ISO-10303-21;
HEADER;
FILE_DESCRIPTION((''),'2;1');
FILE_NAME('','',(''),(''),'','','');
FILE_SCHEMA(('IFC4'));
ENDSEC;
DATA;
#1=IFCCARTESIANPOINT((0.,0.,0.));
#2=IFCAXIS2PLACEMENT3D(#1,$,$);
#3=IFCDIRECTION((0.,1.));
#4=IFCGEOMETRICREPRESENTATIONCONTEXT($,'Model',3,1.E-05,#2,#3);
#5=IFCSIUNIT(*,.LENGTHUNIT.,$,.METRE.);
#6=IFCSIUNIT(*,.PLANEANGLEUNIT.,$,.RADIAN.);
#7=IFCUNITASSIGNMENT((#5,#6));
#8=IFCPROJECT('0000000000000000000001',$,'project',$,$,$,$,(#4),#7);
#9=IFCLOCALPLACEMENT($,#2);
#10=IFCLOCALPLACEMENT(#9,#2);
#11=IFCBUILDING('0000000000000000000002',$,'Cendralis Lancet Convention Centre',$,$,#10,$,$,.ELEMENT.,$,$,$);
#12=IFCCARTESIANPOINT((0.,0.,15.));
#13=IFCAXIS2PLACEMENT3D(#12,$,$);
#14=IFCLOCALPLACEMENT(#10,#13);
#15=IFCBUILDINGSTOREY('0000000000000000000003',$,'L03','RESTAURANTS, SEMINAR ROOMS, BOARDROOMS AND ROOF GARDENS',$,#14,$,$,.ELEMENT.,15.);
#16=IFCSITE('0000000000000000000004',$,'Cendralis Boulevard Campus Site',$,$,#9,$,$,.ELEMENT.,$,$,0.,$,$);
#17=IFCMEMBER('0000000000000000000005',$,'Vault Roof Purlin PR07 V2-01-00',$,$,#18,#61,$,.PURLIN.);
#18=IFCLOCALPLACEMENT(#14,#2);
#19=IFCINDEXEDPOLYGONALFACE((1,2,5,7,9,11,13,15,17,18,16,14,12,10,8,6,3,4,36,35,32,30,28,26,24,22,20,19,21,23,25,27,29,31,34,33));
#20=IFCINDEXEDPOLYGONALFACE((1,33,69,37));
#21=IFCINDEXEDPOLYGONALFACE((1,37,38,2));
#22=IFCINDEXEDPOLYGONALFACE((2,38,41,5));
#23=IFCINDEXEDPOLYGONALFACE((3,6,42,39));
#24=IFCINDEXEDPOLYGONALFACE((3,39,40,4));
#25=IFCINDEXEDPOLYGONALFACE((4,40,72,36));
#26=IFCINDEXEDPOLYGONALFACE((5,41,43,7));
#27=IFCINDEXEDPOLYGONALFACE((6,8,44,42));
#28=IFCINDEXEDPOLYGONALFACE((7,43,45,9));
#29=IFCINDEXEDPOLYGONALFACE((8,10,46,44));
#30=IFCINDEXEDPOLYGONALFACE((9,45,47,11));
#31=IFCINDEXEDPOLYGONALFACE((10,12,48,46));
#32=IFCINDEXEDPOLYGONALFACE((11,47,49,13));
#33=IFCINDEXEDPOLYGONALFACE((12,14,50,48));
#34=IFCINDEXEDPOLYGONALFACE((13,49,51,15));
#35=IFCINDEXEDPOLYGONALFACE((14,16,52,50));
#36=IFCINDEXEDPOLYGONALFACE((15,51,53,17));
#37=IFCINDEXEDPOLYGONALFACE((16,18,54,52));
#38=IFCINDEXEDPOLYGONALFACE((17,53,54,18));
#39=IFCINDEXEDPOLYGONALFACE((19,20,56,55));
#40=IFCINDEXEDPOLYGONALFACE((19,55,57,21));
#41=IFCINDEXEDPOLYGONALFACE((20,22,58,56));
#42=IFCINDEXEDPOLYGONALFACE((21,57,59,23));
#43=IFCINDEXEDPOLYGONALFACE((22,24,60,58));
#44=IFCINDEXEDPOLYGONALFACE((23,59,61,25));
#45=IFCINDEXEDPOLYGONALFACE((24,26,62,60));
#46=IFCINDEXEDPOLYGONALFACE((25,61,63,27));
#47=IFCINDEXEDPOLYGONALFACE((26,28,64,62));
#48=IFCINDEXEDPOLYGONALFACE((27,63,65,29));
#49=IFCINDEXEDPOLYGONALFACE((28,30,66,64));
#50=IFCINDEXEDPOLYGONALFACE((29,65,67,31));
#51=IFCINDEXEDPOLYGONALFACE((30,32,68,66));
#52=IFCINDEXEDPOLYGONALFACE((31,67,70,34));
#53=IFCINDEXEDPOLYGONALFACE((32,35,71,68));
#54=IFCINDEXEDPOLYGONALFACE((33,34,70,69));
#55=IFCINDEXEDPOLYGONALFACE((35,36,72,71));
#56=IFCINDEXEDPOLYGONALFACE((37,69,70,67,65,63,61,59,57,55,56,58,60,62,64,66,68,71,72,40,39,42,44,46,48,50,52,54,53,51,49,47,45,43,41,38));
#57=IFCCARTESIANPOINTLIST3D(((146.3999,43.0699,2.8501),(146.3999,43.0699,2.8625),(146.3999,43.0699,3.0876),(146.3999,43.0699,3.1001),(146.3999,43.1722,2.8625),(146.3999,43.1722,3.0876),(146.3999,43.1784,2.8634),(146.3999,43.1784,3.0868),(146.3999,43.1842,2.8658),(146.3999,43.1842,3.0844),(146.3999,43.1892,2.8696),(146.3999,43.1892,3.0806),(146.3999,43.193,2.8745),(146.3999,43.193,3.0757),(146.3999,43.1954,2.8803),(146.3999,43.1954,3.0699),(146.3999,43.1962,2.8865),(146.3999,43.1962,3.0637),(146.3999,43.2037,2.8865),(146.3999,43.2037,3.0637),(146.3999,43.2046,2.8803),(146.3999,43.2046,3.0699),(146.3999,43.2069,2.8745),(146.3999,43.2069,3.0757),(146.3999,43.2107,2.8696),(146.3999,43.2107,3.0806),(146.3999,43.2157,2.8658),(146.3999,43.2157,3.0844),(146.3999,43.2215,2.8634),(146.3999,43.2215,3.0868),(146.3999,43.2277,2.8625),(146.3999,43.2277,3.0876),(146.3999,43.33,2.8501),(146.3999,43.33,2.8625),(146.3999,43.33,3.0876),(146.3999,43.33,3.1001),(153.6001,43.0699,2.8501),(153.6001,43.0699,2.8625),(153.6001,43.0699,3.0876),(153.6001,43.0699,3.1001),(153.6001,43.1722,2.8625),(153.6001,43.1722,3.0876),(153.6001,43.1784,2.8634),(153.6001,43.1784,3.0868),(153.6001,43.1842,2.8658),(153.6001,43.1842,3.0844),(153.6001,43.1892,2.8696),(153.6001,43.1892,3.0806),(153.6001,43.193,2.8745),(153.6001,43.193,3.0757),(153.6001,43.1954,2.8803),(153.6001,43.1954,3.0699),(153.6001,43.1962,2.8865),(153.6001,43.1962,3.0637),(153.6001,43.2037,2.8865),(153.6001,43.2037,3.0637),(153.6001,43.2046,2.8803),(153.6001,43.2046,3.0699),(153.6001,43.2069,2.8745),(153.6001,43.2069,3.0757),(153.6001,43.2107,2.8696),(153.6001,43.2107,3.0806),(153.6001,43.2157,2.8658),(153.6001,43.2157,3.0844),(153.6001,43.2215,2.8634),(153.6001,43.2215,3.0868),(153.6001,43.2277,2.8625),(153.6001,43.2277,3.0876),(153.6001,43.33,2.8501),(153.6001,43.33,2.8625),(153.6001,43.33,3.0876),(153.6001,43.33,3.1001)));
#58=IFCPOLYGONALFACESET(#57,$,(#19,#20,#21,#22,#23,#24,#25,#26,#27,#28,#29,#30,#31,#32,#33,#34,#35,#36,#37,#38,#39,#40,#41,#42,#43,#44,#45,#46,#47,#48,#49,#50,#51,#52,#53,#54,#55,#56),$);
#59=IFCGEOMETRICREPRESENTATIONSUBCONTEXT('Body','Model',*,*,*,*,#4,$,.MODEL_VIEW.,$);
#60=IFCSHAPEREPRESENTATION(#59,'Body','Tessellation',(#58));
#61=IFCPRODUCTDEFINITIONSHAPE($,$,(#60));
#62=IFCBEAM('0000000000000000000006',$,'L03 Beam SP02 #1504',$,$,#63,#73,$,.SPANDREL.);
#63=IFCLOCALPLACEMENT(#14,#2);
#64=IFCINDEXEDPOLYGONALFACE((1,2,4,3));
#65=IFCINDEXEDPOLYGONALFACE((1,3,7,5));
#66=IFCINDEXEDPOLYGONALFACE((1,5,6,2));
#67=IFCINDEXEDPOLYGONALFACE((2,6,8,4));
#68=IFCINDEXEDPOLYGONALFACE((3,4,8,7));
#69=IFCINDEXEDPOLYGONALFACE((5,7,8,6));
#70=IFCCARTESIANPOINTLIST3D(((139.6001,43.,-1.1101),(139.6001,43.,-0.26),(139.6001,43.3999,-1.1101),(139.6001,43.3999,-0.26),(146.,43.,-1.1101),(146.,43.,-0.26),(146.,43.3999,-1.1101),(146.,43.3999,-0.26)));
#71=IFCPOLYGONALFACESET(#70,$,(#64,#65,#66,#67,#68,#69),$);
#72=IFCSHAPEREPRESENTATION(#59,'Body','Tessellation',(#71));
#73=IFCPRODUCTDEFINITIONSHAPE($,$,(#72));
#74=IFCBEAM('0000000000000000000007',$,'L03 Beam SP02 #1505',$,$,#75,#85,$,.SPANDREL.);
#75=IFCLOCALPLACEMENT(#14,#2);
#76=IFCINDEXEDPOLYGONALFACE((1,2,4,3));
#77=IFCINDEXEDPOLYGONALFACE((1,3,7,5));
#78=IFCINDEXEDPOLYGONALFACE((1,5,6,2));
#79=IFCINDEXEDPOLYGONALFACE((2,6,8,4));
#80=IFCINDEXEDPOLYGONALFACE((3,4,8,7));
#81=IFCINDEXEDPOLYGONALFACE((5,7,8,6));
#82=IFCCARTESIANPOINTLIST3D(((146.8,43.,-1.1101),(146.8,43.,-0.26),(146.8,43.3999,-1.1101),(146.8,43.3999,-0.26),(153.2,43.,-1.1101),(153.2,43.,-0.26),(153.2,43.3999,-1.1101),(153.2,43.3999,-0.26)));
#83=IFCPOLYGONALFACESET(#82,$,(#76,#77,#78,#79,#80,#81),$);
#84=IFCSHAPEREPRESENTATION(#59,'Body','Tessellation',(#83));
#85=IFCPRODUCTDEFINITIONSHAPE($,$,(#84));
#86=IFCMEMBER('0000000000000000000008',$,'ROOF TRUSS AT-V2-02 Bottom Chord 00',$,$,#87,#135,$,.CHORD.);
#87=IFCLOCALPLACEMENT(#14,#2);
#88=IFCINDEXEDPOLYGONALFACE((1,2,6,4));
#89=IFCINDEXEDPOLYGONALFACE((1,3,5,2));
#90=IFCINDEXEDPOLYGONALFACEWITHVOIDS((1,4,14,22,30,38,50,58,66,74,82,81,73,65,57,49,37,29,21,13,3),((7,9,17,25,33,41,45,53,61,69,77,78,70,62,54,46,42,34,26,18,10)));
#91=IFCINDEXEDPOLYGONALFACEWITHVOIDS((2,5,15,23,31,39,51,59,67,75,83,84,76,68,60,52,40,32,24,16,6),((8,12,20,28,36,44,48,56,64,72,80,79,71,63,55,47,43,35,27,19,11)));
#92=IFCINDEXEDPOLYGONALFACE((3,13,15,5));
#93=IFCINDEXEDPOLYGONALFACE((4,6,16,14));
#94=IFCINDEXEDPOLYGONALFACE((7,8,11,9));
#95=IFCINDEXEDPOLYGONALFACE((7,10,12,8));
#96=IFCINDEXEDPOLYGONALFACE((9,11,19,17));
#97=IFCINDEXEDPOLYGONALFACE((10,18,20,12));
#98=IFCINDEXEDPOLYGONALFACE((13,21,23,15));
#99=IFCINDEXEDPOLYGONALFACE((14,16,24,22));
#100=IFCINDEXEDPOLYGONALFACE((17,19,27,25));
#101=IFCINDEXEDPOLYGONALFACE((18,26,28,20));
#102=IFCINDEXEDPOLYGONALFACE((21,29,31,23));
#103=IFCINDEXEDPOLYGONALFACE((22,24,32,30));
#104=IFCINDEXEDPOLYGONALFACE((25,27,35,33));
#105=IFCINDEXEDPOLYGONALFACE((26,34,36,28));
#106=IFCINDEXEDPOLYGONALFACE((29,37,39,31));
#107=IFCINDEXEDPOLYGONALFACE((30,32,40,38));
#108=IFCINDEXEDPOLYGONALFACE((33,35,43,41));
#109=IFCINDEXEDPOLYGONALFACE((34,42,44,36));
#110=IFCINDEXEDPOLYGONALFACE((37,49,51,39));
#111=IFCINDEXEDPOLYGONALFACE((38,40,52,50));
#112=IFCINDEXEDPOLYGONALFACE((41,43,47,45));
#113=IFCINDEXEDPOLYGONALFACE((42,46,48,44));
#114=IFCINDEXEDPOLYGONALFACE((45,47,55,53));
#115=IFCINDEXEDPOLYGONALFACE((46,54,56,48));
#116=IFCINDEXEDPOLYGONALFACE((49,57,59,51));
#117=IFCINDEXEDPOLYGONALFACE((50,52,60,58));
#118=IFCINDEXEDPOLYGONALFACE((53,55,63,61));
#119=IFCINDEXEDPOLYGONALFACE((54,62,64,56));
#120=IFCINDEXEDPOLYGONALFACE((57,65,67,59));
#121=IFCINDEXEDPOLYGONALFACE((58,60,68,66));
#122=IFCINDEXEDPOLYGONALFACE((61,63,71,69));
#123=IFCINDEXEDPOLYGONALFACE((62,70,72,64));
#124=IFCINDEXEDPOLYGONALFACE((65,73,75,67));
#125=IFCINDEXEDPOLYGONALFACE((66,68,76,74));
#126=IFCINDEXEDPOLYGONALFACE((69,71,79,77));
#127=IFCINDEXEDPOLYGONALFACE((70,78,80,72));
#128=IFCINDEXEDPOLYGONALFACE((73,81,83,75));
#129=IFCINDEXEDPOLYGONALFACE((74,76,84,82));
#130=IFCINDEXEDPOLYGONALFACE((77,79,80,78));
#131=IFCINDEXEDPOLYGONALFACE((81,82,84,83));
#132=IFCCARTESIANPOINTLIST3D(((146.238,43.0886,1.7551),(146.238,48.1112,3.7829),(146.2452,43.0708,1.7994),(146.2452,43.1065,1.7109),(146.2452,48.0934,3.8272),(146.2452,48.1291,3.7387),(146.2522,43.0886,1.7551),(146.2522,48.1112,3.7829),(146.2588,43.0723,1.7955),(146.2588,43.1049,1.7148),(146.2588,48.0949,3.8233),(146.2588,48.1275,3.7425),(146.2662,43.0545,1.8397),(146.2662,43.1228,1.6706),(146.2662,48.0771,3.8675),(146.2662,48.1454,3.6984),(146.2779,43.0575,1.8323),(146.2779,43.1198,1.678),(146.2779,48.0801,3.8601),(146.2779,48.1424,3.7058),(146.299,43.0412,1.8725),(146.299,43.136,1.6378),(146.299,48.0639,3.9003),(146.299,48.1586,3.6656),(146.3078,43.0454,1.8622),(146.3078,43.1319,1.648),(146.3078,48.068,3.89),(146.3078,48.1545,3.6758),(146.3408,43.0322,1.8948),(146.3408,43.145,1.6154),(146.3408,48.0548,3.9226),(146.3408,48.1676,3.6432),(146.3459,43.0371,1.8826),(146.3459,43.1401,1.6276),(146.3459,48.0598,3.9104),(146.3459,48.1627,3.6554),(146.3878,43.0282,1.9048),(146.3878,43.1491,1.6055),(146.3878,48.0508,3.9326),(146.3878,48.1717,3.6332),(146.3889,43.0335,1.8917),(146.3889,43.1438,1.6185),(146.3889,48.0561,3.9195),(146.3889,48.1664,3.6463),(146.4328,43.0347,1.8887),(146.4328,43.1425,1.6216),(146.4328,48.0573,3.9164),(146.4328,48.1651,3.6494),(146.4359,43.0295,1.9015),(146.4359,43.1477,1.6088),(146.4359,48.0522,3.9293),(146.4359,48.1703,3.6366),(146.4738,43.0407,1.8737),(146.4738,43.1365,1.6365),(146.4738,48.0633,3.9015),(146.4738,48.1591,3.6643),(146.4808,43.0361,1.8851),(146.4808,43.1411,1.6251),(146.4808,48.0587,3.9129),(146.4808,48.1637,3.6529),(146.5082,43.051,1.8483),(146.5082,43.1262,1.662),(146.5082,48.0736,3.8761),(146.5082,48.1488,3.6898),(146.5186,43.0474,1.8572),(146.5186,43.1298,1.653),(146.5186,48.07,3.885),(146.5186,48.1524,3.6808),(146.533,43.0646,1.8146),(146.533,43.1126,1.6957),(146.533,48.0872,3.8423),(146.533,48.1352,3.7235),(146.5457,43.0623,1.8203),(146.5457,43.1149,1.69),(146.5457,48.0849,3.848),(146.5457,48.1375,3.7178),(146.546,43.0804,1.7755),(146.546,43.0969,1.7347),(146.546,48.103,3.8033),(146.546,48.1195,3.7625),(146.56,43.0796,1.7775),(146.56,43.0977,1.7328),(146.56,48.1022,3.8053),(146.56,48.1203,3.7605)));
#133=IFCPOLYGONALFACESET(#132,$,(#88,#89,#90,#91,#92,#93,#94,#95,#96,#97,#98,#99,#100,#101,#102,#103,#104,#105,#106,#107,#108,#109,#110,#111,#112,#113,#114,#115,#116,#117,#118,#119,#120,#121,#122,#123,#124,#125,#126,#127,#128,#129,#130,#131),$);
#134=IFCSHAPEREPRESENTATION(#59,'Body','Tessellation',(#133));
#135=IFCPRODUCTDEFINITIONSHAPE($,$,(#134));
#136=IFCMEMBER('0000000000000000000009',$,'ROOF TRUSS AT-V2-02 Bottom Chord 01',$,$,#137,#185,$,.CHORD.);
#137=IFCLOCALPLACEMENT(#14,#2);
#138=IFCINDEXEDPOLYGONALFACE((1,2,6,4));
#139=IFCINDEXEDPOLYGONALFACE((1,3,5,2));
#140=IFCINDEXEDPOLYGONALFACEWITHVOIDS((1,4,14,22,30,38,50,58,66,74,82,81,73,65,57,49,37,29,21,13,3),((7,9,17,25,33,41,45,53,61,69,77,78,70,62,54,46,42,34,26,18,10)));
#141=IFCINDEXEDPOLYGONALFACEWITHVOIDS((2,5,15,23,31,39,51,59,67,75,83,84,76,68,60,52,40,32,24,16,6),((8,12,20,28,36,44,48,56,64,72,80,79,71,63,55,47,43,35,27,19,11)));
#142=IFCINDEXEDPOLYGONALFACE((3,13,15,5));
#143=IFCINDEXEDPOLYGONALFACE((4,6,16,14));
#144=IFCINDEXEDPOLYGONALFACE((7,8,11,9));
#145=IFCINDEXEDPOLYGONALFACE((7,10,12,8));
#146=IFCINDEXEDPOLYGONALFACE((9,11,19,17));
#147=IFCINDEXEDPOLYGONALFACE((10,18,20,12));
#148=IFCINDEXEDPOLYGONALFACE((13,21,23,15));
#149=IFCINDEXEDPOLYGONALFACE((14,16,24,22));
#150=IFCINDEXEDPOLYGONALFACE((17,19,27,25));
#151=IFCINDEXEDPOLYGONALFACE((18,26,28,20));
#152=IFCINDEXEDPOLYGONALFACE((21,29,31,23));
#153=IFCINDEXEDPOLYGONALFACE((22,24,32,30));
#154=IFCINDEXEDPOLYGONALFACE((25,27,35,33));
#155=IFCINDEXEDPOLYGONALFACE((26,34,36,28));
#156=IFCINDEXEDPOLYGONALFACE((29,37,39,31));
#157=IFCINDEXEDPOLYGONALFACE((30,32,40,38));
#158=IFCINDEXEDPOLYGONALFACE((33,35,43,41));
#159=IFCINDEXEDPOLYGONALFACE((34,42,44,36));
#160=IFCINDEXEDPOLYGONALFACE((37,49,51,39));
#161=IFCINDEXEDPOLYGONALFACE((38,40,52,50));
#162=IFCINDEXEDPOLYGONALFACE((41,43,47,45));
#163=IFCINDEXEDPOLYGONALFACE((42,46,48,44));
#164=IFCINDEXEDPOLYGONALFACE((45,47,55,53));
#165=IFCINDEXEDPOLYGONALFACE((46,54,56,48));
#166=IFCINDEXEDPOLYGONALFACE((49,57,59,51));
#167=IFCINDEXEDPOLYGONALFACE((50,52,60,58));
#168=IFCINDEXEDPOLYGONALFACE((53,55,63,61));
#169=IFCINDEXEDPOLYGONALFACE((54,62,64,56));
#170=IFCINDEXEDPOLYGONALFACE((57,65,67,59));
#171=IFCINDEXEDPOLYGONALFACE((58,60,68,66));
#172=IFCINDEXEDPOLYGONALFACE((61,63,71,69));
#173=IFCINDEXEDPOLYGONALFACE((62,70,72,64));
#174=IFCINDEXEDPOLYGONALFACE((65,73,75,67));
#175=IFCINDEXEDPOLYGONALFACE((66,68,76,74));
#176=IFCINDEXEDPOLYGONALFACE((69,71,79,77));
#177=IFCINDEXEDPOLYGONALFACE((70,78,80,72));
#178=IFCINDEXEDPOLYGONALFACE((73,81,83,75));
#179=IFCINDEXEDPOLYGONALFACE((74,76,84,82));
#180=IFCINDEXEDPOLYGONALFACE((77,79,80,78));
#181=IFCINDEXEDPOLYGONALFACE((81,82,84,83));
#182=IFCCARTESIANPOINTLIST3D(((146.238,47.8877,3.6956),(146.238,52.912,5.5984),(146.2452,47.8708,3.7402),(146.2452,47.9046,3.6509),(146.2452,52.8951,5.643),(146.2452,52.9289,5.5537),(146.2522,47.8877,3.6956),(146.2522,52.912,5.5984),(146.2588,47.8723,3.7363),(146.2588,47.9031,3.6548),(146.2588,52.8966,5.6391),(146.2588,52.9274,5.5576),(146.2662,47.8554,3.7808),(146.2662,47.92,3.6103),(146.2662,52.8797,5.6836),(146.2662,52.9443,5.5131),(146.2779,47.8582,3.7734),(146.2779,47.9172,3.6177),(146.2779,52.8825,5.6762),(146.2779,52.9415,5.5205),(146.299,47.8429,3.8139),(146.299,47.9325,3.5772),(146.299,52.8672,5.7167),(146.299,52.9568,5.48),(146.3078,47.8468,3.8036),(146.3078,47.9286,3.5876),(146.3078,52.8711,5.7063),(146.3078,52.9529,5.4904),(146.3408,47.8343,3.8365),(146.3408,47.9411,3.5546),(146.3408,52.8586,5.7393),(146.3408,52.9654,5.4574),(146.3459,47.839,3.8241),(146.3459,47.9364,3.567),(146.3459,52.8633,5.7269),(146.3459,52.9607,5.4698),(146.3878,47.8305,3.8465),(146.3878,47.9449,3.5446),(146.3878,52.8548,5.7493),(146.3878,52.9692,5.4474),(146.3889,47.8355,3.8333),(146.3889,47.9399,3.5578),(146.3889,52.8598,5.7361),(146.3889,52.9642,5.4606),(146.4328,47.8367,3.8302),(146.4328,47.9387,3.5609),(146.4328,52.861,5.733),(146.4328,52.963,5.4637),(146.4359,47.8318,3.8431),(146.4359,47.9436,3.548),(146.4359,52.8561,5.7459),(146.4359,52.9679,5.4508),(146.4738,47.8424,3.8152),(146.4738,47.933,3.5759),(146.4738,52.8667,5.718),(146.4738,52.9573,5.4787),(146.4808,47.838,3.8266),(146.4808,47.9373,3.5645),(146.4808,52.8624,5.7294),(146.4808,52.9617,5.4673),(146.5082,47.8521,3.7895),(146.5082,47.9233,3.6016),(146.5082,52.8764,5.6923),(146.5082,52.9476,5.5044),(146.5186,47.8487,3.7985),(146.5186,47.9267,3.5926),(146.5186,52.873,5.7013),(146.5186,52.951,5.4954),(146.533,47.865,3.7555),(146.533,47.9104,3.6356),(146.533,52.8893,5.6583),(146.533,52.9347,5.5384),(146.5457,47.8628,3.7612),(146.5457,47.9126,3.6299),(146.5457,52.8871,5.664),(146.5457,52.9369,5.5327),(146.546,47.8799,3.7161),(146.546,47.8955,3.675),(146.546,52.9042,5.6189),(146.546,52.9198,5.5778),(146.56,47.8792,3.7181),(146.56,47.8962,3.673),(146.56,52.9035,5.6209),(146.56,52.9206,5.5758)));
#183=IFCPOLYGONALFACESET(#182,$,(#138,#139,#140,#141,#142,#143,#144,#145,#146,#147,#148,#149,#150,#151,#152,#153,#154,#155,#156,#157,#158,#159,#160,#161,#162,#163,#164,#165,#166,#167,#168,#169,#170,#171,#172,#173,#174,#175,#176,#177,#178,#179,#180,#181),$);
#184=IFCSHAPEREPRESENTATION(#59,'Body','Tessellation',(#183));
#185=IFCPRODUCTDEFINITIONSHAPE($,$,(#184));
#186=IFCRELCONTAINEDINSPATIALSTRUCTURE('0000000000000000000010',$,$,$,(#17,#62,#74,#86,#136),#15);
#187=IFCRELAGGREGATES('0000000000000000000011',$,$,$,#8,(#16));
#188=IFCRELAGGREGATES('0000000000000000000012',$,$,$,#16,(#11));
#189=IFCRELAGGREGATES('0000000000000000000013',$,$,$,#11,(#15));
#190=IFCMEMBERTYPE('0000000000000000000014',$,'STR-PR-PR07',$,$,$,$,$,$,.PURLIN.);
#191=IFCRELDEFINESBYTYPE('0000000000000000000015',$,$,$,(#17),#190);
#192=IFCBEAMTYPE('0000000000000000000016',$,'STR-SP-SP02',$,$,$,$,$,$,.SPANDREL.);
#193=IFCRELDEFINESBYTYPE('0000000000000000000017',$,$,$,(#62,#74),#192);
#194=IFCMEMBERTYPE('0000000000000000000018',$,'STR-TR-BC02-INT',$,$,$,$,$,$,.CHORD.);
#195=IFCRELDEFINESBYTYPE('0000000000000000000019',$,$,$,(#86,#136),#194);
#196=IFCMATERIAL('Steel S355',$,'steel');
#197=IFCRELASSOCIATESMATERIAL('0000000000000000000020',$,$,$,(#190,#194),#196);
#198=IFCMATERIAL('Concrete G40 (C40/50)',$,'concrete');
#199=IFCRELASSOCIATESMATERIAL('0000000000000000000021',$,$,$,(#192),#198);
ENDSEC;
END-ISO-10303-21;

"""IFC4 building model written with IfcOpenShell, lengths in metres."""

from ifc_helpers import new_model, si_unit, direction, frame, origin, origin_2d, place, context, subcontext, project, spatial, rectangle, hollow_circle, i_section, extrude, material, material_profile, profile_set, type_object, element, save


model = new_model("IFC4")

# Units and contexts
model_context = context("Model", 3, precision=1e-05, world=origin(), true_north=direction((0.0, 1.0)))
body_context = subcontext(model_context, "Body", "Model", "MODEL_VIEW")
ifc_project = project(units=[si_unit("LENGTHUNIT", "METRE"), si_unit("PLANEANGLEUNIT", "RADIAN")], contexts=[model_context])

# Site, building, storey
site_placement = place(None, origin())
site = spatial("IfcSite", under=ifc_project, at=site_placement, Name="Cendralis Boulevard Campus Site", CompositionType="ELEMENT", RefElevation=0.0)
building_placement = place(site_placement, origin())
building = spatial("IfcBuilding", under=site, at=building_placement, Name="Cendralis Lancet Convention Centre", CompositionType="ELEMENT")
storey_placement = place(building_placement, frame((0.0, 0.0, 15.0)))
storey = spatial("IfcBuildingStorey", under=building, at=storey_placement, Name="L03", Description="RESTAURANTS, SEMINAR ROOMS, BOARDROOMS AND ROOF GARDENS", CompositionType="ELEMENT", Elevation=15.0)

# Shared definitions
ifc_material_1 = material(Name="Concrete G40 (C40/50)", Category="concrete")
ifc_material_2 = material(Name="Steel S355", Category="steel")

# Member
ifc_material_profile_1 = material_profile(ifc_material_2, i_section(OverallWidth=0.26, OverallDepth=0.25, WebThickness=0.0076, FlangeThickness=0.0125, FilletRadius=0.0239, at=origin_2d()), Name="HEA 260")
ifc_profile_set_1 = profile_set([ifc_material_profile_1], Name="Steel S355")
member_type_1 = type_object("IfcMemberType", Name="STR-PR-PR07", PredefinedType="PURLIN", material=ifc_profile_set_1)
member_1_placement = place(storey_placement, frame((146.3999, 43.2, 2.9751), z_axis=(1.0, 0.0, 0.0), x_axis=(0.0, 1.0, 0.0)))
element("IfcMember", 1, at=member_1_placement, inside=storey, type_object=member_type_1, Name="Vault Roof Purlin PR07 V2-01-00", PredefinedType="PURLIN", context=body_context, shape_type="SweptSolid", body=[
    extrude(i_section(OverallWidth=0.26, OverallDepth=0.25, WebThickness=0.0076, FlangeThickness=0.0125, FilletRadius=0.0239, at=origin_2d()), origin(), (0.0, 0.0, 1.0), 7.2002),
])

# Beams
ifc_material_profile_2 = material_profile(ifc_material_1, rectangle(XDim=0.3999, YDim=0.8501, at=origin_2d()), Name="RCB 400x850")
ifc_profile_set_2 = profile_set([ifc_material_profile_2], Name="Concrete G40 (C40/50)")
beam_type_1 = type_object("IfcBeamType", Name="STR-SP-SP02", PredefinedType="SPANDREL", material=ifc_profile_set_2)
for number, where, z_axis, x_axis, name in (
    (2, (139.6001, 43.2, -0.6851), (1.0, 0.0, 0.0), (0.0, 1.0, 0.0), "L03 Beam SP02 #1504"),
    (3, (146.8, 43.2, -0.6851), (1.0, 0.0, 0.0), (0.0, 1.0, 0.0), "L03 Beam SP02 #1505"),
):
    element("IfcBeam", number, at=place(storey_placement, frame(where, z_axis=z_axis, x_axis=x_axis)), inside=storey, type_object=beam_type_1, Name=name, PredefinedType="SPANDREL", context=body_context, shape_type="SweptSolid", body=[
        extrude(rectangle(XDim=0.3999, YDim=0.8501, at=origin_2d()), origin(), (0.0, 0.0, 1.0), 6.3999),
    ])

# Members
ifc_material_profile_3 = material_profile(ifc_material_2, hollow_circle(Radius=0.1619, WallThickness=0.0142, at=origin_2d()), Name="CHS 323.9x14.2")
ifc_profile_set_3 = profile_set([ifc_material_profile_3], Name="Steel S355")
member_type_2 = type_object("IfcMemberType", Name="STR-TR-BC02-INT", PredefinedType="CHORD", material=ifc_profile_set_3)
member_2_placement = place(storey_placement, frame((146.3999, 43.0886, 1.7551), z_axis=(0.0, 0.927278, 0.374373), x_axis=(-1.0, 0.0, 0.0)))
element("IfcMember", 4, at=member_2_placement, inside=storey, type_object=member_type_2, Name="ROOF TRUSS AT-V2-02 Bottom Chord 00", PredefinedType="CHORD", context=body_context, shape_type="SweptSolid", body=[
    extrude(hollow_circle(Radius=0.1619, WallThickness=0.0142, at=origin_2d()), origin(), (0.0, 0.0, 1.0), 5.4165),
])
member_3_placement = place(storey_placement, frame((146.3999, 47.8877, 3.6956), z_axis=(0.0, 0.935181, 0.354169), x_axis=(-1.0, 0.0, 0.0)))
element("IfcMember", 5, at=member_3_placement, inside=storey, type_object=member_type_2, Name="ROOF TRUSS AT-V2-02 Bottom Chord 01", PredefinedType="CHORD", context=body_context, shape_type="SweptSolid", body=[
    extrude(hollow_circle(Radius=0.1619, WallThickness=0.0142, at=origin_2d()), origin(), (0.0, 0.0, 1.0), 5.3726),
])

save(model, "model.ifc")
